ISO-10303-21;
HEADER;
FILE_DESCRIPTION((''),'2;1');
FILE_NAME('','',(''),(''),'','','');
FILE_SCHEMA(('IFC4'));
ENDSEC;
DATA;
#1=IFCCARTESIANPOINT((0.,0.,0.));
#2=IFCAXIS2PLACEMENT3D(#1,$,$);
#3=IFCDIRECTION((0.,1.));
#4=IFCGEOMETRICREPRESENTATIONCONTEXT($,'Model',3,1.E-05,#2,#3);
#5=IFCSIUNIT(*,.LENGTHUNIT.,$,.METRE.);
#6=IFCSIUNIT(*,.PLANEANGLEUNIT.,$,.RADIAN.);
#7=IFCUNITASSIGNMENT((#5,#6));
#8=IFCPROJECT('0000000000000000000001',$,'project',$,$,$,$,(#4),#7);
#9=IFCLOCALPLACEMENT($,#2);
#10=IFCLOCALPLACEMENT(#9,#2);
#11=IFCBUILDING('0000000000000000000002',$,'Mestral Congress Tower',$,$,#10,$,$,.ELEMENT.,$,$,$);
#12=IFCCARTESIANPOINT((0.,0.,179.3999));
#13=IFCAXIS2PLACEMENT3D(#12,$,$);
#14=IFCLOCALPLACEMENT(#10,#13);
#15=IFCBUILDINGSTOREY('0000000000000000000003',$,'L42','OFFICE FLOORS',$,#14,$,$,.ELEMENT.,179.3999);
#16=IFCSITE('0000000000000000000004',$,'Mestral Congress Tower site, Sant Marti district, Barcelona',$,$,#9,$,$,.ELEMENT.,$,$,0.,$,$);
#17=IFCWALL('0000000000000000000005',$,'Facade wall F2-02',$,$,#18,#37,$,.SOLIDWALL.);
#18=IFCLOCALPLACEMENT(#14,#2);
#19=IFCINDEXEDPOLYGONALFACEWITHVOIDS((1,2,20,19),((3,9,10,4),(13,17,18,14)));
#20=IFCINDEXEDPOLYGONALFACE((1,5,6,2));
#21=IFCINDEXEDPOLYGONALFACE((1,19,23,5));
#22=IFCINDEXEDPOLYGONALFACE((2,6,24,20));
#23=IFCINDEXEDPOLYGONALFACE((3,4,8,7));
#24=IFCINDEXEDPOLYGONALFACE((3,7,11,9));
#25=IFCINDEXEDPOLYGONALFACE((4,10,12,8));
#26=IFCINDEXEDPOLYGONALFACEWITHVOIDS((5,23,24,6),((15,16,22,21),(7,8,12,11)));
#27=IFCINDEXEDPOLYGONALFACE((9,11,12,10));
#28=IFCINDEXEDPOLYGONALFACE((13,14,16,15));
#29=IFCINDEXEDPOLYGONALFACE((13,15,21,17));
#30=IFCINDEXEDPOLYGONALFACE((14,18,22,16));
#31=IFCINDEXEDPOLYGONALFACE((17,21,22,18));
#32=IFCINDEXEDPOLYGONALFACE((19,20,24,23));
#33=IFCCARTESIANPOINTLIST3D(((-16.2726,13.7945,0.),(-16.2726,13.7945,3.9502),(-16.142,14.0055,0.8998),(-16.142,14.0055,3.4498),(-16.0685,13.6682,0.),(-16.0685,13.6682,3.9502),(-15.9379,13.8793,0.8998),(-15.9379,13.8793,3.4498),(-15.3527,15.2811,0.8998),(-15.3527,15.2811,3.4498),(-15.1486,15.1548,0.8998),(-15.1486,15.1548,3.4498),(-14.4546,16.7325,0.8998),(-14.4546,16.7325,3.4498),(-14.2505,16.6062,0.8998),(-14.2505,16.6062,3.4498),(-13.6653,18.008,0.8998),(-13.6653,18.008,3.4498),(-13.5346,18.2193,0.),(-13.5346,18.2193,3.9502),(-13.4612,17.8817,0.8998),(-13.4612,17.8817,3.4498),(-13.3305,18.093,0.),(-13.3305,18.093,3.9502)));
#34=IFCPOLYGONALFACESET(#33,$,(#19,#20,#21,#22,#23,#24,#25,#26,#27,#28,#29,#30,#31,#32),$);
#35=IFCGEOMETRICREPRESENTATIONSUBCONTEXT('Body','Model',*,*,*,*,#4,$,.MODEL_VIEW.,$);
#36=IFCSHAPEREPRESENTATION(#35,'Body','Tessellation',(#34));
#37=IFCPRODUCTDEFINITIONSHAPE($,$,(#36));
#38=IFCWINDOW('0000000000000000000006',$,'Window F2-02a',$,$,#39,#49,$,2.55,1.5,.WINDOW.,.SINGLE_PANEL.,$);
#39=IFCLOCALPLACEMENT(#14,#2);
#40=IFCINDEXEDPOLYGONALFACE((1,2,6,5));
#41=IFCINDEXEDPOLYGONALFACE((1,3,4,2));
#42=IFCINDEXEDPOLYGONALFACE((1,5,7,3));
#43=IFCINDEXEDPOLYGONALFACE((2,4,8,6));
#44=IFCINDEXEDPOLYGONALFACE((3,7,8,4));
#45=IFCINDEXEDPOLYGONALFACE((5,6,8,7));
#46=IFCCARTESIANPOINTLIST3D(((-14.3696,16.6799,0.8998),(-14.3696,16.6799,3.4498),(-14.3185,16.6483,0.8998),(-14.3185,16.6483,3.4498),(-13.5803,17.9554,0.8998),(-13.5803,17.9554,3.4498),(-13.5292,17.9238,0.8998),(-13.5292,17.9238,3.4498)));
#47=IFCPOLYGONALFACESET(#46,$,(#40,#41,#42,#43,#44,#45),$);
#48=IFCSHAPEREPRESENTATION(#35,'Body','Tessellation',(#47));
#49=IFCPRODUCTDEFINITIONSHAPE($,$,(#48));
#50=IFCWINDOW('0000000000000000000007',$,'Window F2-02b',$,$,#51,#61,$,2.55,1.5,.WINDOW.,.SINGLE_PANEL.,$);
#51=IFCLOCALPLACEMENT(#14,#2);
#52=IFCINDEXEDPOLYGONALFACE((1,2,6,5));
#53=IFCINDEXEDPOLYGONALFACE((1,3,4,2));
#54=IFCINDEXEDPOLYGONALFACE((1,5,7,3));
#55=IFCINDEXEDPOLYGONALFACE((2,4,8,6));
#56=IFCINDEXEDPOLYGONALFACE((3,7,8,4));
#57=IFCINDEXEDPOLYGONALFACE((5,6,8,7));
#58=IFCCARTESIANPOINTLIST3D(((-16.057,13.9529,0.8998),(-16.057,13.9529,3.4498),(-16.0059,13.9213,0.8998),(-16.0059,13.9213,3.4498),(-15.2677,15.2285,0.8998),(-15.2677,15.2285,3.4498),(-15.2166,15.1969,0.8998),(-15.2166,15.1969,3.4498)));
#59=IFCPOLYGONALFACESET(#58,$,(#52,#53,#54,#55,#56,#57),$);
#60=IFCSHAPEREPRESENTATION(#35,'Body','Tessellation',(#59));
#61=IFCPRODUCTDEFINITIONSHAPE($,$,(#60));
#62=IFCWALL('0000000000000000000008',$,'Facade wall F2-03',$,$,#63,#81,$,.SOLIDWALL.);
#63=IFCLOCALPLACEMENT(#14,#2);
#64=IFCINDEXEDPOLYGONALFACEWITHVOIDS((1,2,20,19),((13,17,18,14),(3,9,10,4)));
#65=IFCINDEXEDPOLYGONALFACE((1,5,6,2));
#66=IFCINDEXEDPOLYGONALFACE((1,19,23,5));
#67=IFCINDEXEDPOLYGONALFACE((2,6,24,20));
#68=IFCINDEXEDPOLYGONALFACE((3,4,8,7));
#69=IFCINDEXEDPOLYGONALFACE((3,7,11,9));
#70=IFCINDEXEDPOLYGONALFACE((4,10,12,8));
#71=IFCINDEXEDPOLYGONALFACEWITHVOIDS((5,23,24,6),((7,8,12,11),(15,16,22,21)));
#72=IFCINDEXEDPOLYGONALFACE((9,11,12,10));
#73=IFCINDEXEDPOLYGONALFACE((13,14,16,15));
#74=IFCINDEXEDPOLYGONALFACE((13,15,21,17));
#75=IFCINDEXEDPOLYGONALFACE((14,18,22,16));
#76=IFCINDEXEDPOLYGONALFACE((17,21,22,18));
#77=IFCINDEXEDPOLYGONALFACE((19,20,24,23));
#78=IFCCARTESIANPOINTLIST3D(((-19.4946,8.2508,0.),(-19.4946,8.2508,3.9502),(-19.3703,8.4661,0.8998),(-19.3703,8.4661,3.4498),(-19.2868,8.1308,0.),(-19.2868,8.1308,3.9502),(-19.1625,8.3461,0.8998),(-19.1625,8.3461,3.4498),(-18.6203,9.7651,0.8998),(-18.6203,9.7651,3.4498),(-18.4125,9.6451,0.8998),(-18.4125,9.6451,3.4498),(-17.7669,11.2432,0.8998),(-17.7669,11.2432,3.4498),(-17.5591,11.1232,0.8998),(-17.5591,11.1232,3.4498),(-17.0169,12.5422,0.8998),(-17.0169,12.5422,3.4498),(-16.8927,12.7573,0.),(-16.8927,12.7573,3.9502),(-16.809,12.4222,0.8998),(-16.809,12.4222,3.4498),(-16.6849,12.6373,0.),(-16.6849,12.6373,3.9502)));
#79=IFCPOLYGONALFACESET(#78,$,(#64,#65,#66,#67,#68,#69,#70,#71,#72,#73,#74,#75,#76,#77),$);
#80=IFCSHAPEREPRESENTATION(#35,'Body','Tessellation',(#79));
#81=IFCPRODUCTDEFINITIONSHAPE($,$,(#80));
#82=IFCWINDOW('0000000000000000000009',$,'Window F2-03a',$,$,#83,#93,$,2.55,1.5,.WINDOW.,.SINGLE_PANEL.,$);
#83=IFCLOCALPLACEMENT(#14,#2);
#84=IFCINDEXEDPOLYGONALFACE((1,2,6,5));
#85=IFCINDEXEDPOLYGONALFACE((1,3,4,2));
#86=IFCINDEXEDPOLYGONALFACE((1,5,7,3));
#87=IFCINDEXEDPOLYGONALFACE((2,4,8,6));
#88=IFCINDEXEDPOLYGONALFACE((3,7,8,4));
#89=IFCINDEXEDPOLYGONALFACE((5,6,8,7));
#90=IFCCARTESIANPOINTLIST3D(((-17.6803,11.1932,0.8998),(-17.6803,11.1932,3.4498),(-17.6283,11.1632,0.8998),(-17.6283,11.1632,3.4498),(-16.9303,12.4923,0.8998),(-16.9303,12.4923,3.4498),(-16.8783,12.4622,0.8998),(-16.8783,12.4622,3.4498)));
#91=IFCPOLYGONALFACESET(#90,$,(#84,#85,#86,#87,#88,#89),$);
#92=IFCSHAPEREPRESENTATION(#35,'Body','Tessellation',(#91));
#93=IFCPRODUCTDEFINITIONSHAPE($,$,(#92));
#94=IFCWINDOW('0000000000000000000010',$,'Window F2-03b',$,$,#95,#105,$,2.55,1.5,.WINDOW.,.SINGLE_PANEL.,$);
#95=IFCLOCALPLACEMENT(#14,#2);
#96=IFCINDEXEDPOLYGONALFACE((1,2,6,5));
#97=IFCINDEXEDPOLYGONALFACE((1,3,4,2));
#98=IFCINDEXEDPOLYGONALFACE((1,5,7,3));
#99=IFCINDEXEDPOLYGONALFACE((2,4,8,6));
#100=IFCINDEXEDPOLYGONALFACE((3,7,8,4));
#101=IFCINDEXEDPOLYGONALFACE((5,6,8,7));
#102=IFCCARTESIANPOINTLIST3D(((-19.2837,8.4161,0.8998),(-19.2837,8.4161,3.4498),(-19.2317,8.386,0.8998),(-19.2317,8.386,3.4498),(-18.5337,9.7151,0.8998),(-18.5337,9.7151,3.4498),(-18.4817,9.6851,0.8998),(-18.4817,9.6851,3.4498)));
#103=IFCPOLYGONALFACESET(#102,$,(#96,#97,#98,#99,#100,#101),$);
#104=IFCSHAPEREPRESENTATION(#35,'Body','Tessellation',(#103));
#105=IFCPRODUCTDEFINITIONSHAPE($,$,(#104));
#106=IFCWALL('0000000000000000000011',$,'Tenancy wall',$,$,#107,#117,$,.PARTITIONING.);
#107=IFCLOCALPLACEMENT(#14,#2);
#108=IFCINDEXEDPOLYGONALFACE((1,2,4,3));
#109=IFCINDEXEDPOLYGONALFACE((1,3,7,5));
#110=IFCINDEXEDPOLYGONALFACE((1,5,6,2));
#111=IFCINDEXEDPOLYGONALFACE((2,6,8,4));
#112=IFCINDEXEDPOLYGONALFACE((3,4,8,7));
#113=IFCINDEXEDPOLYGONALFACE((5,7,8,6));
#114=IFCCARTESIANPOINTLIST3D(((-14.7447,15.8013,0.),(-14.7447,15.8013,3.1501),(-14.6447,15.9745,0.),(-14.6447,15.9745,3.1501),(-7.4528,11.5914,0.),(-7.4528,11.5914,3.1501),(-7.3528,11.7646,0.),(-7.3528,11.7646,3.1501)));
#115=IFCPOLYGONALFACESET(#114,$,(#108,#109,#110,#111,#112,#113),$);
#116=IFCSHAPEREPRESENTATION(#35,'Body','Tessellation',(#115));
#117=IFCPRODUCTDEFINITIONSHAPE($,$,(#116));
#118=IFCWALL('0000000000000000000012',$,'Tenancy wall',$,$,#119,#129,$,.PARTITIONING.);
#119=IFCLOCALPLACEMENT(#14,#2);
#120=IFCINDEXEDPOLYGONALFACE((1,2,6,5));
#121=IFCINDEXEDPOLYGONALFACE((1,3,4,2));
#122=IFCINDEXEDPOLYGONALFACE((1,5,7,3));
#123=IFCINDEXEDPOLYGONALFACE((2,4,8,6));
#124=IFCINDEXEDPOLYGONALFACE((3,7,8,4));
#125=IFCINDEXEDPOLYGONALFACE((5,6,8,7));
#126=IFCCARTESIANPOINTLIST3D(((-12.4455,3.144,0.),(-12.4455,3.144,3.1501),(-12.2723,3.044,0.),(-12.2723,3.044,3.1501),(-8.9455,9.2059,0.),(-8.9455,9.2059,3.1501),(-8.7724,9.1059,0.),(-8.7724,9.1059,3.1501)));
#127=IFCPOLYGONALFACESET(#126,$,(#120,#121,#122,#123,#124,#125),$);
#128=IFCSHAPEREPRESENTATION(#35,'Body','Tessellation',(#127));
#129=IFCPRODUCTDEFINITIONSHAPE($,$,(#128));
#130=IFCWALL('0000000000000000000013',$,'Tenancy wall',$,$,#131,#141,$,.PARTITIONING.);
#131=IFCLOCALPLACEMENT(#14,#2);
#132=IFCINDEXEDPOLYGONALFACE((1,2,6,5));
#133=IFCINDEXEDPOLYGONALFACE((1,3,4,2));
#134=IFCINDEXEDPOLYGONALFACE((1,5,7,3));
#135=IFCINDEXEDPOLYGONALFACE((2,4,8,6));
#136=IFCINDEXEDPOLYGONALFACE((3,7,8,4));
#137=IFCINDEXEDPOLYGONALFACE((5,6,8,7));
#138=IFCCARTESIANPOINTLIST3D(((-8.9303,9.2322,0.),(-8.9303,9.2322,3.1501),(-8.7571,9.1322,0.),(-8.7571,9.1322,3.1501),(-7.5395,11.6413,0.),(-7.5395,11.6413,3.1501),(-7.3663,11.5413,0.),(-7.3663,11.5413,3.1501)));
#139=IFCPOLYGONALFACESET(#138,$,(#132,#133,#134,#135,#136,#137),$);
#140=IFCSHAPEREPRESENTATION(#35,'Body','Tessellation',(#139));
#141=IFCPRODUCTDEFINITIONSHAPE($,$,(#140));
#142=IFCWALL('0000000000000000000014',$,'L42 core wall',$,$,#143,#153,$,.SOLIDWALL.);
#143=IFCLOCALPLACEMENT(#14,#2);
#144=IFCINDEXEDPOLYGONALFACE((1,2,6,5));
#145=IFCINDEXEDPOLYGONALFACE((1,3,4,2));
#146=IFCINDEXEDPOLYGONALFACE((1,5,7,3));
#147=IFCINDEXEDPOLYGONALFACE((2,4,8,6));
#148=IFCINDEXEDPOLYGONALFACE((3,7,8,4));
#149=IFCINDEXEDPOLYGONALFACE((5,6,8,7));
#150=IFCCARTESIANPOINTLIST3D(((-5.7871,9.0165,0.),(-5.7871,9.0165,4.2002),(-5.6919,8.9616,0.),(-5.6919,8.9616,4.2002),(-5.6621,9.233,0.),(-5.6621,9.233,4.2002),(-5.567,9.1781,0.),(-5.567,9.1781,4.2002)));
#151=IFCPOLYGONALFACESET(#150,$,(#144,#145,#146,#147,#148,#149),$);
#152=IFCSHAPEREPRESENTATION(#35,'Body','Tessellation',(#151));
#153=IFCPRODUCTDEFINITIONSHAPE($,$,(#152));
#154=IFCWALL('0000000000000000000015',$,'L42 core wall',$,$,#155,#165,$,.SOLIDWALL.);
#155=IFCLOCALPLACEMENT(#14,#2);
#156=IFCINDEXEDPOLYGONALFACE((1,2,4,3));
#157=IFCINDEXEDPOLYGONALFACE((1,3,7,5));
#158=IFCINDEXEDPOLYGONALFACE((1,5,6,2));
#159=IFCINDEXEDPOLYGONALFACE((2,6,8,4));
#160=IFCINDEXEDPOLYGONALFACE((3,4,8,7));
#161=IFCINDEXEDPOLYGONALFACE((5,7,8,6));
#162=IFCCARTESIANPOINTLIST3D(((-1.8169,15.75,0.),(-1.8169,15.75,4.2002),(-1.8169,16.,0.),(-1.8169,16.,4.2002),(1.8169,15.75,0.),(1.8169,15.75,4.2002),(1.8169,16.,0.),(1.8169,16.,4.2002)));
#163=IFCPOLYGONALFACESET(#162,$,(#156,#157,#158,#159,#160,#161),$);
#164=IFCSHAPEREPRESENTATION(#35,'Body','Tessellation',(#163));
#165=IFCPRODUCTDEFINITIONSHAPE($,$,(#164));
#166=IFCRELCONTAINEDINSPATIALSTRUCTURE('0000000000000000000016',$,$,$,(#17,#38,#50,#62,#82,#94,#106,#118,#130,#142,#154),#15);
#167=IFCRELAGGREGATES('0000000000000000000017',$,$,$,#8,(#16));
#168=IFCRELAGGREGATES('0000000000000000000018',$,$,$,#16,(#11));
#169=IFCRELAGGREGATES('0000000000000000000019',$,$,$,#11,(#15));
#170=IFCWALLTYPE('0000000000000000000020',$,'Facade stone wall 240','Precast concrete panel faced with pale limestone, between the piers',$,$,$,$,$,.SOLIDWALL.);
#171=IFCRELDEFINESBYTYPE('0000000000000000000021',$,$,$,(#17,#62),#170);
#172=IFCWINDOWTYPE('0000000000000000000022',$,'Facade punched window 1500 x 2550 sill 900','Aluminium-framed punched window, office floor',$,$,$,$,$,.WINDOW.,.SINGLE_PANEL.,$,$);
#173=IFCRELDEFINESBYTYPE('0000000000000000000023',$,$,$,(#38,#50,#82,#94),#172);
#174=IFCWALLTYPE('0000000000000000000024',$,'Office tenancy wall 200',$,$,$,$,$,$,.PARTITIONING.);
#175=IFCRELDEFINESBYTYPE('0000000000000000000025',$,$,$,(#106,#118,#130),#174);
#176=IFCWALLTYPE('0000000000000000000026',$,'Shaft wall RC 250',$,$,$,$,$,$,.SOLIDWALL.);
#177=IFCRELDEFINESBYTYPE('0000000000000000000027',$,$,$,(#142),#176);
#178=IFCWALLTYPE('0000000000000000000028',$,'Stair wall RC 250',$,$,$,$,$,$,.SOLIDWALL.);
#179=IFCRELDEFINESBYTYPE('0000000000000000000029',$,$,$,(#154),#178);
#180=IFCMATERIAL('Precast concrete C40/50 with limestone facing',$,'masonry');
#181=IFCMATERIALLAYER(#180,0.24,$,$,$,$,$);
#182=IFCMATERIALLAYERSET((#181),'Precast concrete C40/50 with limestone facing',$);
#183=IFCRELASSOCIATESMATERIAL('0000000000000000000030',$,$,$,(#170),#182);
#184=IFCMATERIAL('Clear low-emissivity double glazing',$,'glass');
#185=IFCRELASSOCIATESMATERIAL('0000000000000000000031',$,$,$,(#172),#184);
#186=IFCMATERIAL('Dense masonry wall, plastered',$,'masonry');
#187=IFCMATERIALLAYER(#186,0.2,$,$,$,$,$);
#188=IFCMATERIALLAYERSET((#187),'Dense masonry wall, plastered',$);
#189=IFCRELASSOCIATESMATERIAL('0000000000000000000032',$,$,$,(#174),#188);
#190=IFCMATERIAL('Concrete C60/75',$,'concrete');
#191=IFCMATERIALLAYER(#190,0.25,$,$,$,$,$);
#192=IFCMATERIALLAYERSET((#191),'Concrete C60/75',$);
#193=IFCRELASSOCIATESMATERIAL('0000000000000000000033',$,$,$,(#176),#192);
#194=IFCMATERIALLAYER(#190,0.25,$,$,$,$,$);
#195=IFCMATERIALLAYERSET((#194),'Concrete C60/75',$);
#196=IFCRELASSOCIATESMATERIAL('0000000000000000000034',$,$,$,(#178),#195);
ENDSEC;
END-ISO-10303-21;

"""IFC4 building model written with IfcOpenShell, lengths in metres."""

from ifc_helpers import new_model, si_unit, direction, frame, frame_2d, origin, place, context, subcontext, project, spatial, rectangle, extrude, material, layer, layer_set, type_object, element, fill, save


model = new_model("IFC4")

# Units and contexts
model_context = context("Model", 3, precision=1e-05, world=origin(), true_north=direction((0.0, 1.0)))
body_context = subcontext(model_context, "Body", "Model", "MODEL_VIEW")
ifc_project = project(units=[si_unit("LENGTHUNIT", "METRE"), si_unit("PLANEANGLEUNIT", "RADIAN")], contexts=[model_context])

# Site, building, storey
site_placement = place(None, origin())
site = spatial("IfcSite", under=ifc_project, at=site_placement, Name="Mestral Congress Tower site, Sant Marti district, Barcelona", CompositionType="ELEMENT", RefElevation=0.0)
building_placement = place(site_placement, origin())
building = spatial("IfcBuilding", under=site, at=building_placement, Name="Mestral Congress Tower", CompositionType="ELEMENT")
storey_placement = place(building_placement, frame((0.0, 0.0, 179.3999)))
storey = spatial("IfcBuildingStorey", under=building, at=storey_placement, Name="L42", Description="OFFICE FLOORS", CompositionType="ELEMENT", Elevation=179.3999)

# Shared definitions
ifc_material_1 = material(Name="Concrete C60/75", Category="concrete")

# Walls, openings, windows
ifc_material_2 = material(Name="Precast concrete C40/50 with limestone facing", Category="masonry")
ifc_layer_1 = layer(ifc_material_2, 0.24)
ifc_layer_set_1 = layer_set([ifc_layer_1], Name="Precast concrete C40/50 with limestone facing")
wall_type_1 = type_object("IfcWallType", Name="Facade stone wall 240", Description="Precast concrete panel faced with pale limestone, between the piers", PredefinedType="SOLIDWALL", material=ifc_layer_set_1)
wall_1_placement = place(storey_placement, frame((-13.4326, 18.156, 0.0), z_axis=(0.0, 0.0, 1.0), x_axis=(-0.526198, -0.850362, 0.0)))
wall_1 = element("IfcWall", 1, at=wall_1_placement, inside=storey, type_object=wall_type_1, Name="Facade wall F2-02", PredefinedType="SOLIDWALL", context=body_context, shape_type="SweptSolid", body=[
    extrude(rectangle(XDim=5.2034, YDim=0.24, at=frame_2d((2.6016, 0.0))), origin(), (0.0, 0.0, 1.0), 3.9502),
])
opening_1_placement = place(wall_1_placement, frame((0.2483, 0.0, 0.8999)))
opening_1 = element("IfcOpeningElement", 2, at=opening_1_placement, cuts=wall_1, PredefinedType="OPENING", context=body_context, shape_type="SweptSolid", body=[
    extrude(rectangle(XDim=1.5, YDim=2.55, at=frame_2d((0.75, 1.2749))), frame((0.0, 0.1299, 0.0), z_axis=(0.0, -1.0, 0.0), x_axis=(1.0, 0.0, 0.0)), (0.0, 0.0, 1.0), 0.26),
])
opening_2_placement = place(wall_1_placement, frame((3.4551, 0.0, 0.8999)))
opening_2 = element("IfcOpeningElement", 3, at=opening_2_placement, cuts=wall_1, PredefinedType="OPENING", context=body_context, shape_type="SweptSolid", body=[
    extrude(rectangle(XDim=1.5, YDim=2.55, at=frame_2d((0.75, 1.2749))), frame((0.0, 0.1299, 0.0), z_axis=(0.0, -1.0, 0.0), x_axis=(1.0, 0.0, 0.0)), (0.0, 0.0, 1.0), 0.26),
])
ifc_material_3 = material(Name="Clear low-emissivity double glazing", Category="glass")
window_type = type_object("IfcWindowType", Name="Facade punched window 1500 x 2550 sill 900", Description="Aluminium-framed punched window, office floor", PartitioningType="SINGLE_PANEL", PredefinedType="WINDOW", material=ifc_material_3)
window_1_placement = place(opening_1_placement, origin())
window_1 = element("IfcWindow", 4, at=window_1_placement, inside=storey, type_object=window_type, Name="Window F2-02a", OverallHeight=2.55, OverallWidth=1.5, PartitioningType="SINGLE_PANEL", PredefinedType="WINDOW", context=body_context, shape_type="SweptSolid", body=[
    extrude(rectangle(XDim=1.5, YDim=2.55, at=frame_2d((0.75, 1.2749))), frame((0.0, 0.04, 0.0), z_axis=(0.0, -1.0, 0.0), x_axis=(1.0, 0.0, 0.0)), (0.0, 0.0, 1.0), 0.0601),
])
fill(opening_1, window_1)
window_2_placement = place(opening_2_placement, origin())
window_2 = element("IfcWindow", 5, at=window_2_placement, inside=storey, type_object=window_type, Name="Window F2-02b", OverallHeight=2.55, OverallWidth=1.5, PartitioningType="SINGLE_PANEL", PredefinedType="WINDOW", context=body_context, shape_type="SweptSolid", body=[
    extrude(rectangle(XDim=1.5, YDim=2.55, at=frame_2d((0.75, 1.2749))), frame((0.0, 0.04, 0.0), z_axis=(0.0, -1.0, 0.0), x_axis=(1.0, 0.0, 0.0)), (0.0, 0.0, 1.0), 0.0601),
])
fill(opening_2, window_2)
wall_2_placement = place(storey_placement, frame((-16.7888, 12.6973, 0.0), z_axis=(0.0, 0.0, 1.0), x_axis=(-0.500009, -0.86602, 0.0)))
wall_2 = element("IfcWall", 6, at=wall_2_placement, inside=storey, type_object=wall_type_1, Name="Facade wall F2-03", PredefinedType="SOLIDWALL", context=body_context, shape_type="SweptSolid", body=[
    extrude(rectangle(XDim=5.2036, YDim=0.24, at=frame_2d((2.6018, 0.0))), origin(), (0.0, 0.0, 1.0), 3.9502),
])
opening_3_placement = place(wall_2_placement, frame((0.2483, 0.0, 0.8999)))
opening_3 = element("IfcOpeningElement", 7, at=opening_3_placement, cuts=wall_2, PredefinedType="OPENING", context=body_context, shape_type="SweptSolid", body=[
    extrude(rectangle(XDim=1.5, YDim=2.55, at=frame_2d((0.75, 1.2749))), frame((0.0, 0.1299, 0.0), z_axis=(0.0, -1.0, 0.0), x_axis=(1.0, 0.0, 0.0)), (0.0, 0.0, 1.0), 0.26),
])
opening_4_placement = place(wall_2_placement, frame((3.4551, 0.0, 0.8999)))
opening_4 = element("IfcOpeningElement", 8, at=opening_4_placement, cuts=wall_2, PredefinedType="OPENING", context=body_context, shape_type="SweptSolid", body=[
    extrude(rectangle(XDim=1.5, YDim=2.55, at=frame_2d((0.75, 1.2749))), frame((0.0, 0.1299, 0.0), z_axis=(0.0, -1.0, 0.0), x_axis=(1.0, 0.0, 0.0)), (0.0, 0.0, 1.0), 0.26),
])
window_3_placement = place(opening_3_placement, origin())
window_3 = element("IfcWindow", 9, at=window_3_placement, inside=storey, type_object=window_type, Name="Window F2-03a", OverallHeight=2.55, OverallWidth=1.5, PartitioningType="SINGLE_PANEL", PredefinedType="WINDOW", context=body_context, shape_type="SweptSolid", body=[
    extrude(rectangle(XDim=1.5, YDim=2.55, at=frame_2d((0.75, 1.2749))), frame((0.0, 0.04, 0.0), z_axis=(0.0, -1.0, 0.0), x_axis=(1.0, 0.0, 0.0)), (0.0, 0.0, 1.0), 0.0601),
])
fill(opening_3, window_3)
window_4_placement = place(opening_4_placement, origin())
window_4 = element("IfcWindow", 10, at=window_4_placement, inside=storey, type_object=window_type, Name="Window F2-03b", OverallHeight=2.55, OverallWidth=1.5, PartitioningType="SINGLE_PANEL", PredefinedType="WINDOW", context=body_context, shape_type="SweptSolid", body=[
    extrude(rectangle(XDim=1.5, YDim=2.55, at=frame_2d((0.75, 1.2749))), frame((0.0, 0.04, 0.0), z_axis=(0.0, -1.0, 0.0), x_axis=(1.0, 0.0, 0.0)), (0.0, 0.0, 1.0), 0.0601),
])
fill(opening_4, window_4)

# Walls
ifc_material_4 = material(Name="Dense masonry wall, plastered", Category="masonry")
ifc_layer_2 = layer(ifc_material_4, 0.2)
ifc_layer_set_2 = layer_set([ifc_layer_2], Name="Dense masonry wall, plastered")
wall_type_2 = type_object("IfcWallType", Name="Office tenancy wall 200", PredefinedType="PARTITIONING", material=ifc_layer_set_2)
wall_3_placement = place(storey_placement, frame((-7.4028, 11.678, 0.0), z_axis=(0.0, 0.0, 1.0), x_axis=(-0.866029, 0.499994, 0.0)))
element("IfcWall", 11, at=wall_3_placement, inside=storey, type_object=wall_type_2, Name="Tenancy wall", PredefinedType="PARTITIONING", context=body_context, shape_type="SweptSolid", body=[
    extrude(rectangle(XDim=8.4199, YDim=0.2, at=frame_2d((4.21, 0.0))), origin(), (0.0, 0.0, 1.0), 3.1501),
])
wall_4_placement = place(storey_placement, frame((-8.8589, 9.156, 0.0), z_axis=(0.0, 0.0, 1.0), x_axis=(-0.50001, -0.866019, 0.0)))
element("IfcWall", 12, at=wall_4_placement, inside=storey, type_object=wall_type_2, Name="Tenancy wall", PredefinedType="PARTITIONING", context=body_context, shape_type="SweptSolid", body=[
    extrude(rectangle(XDim=6.9998, YDim=0.2, at=frame_2d((3.5, 0.0))), origin(), (0.0, 0.0, 1.0), 3.1501),
])
wall_5_placement = place(storey_placement, frame((-7.4529, 11.5913, 0.0), z_axis=(0.0, 0.0, 1.0), x_axis=(-0.499981, -0.866037, 0.0)))
element("IfcWall", 13, at=wall_5_placement, inside=storey, type_object=wall_type_2, Name="Tenancy wall", PredefinedType="PARTITIONING", context=body_context, shape_type="SweptSolid", body=[
    extrude(rectangle(XDim=2.7817, YDim=0.2, at=frame_2d((1.3909, 0.0))), origin(), (0.0, 0.0, 1.0), 3.1501),
])
ifc_layer_3 = layer(ifc_material_1, 0.25)
ifc_layer_set_3 = layer_set([ifc_layer_3], Name="Concrete C60/75")
wall_type_3 = type_object("IfcWallType", Name="Shaft wall RC 250", PredefinedType="SOLIDWALL", material=ifc_layer_set_3)
wall_6_placement = place(storey_placement, frame((-5.7246, 9.1248, 0.0), z_axis=(0.0, 0.0, 1.0), x_axis=(0.866186, -0.499722, 0.0)))
element("IfcWall", 14, at=wall_6_placement, inside=storey, type_object=wall_type_3, Name="L42 core wall", PredefinedType="SOLIDWALL", context=body_context, shape_type="SweptSolid", body=[
    extrude(rectangle(XDim=0.1099, YDim=0.25, at=frame_2d((0.0549, 0.0))), origin(), (0.0, 0.0, 1.0), 4.2002),
])
ifc_layer_4 = layer(ifc_material_1, 0.25)
ifc_layer_set_4 = layer_set([ifc_layer_4], Name="Concrete C60/75")
wall_type_4 = type_object("IfcWallType", Name="Stair wall RC 250", PredefinedType="SOLIDWALL", material=ifc_layer_set_4)
wall_7_placement = place(storey_placement, frame((-1.8169, 15.875, 0.0), z_axis=(0.0, 0.0, 1.0), x_axis=(1.0, 0.0, 0.0)))
element("IfcWall", 15, at=wall_7_placement, inside=storey, type_object=wall_type_4, Name="L42 core wall", PredefinedType="SOLIDWALL", context=body_context, shape_type="SweptSolid", body=[
    extrude(rectangle(XDim=3.6338, YDim=0.25, at=frame_2d((1.8169, 0.0))), origin(), (0.0, 0.0, 1.0), 4.2002),
])

save(model, "model.ifc")
